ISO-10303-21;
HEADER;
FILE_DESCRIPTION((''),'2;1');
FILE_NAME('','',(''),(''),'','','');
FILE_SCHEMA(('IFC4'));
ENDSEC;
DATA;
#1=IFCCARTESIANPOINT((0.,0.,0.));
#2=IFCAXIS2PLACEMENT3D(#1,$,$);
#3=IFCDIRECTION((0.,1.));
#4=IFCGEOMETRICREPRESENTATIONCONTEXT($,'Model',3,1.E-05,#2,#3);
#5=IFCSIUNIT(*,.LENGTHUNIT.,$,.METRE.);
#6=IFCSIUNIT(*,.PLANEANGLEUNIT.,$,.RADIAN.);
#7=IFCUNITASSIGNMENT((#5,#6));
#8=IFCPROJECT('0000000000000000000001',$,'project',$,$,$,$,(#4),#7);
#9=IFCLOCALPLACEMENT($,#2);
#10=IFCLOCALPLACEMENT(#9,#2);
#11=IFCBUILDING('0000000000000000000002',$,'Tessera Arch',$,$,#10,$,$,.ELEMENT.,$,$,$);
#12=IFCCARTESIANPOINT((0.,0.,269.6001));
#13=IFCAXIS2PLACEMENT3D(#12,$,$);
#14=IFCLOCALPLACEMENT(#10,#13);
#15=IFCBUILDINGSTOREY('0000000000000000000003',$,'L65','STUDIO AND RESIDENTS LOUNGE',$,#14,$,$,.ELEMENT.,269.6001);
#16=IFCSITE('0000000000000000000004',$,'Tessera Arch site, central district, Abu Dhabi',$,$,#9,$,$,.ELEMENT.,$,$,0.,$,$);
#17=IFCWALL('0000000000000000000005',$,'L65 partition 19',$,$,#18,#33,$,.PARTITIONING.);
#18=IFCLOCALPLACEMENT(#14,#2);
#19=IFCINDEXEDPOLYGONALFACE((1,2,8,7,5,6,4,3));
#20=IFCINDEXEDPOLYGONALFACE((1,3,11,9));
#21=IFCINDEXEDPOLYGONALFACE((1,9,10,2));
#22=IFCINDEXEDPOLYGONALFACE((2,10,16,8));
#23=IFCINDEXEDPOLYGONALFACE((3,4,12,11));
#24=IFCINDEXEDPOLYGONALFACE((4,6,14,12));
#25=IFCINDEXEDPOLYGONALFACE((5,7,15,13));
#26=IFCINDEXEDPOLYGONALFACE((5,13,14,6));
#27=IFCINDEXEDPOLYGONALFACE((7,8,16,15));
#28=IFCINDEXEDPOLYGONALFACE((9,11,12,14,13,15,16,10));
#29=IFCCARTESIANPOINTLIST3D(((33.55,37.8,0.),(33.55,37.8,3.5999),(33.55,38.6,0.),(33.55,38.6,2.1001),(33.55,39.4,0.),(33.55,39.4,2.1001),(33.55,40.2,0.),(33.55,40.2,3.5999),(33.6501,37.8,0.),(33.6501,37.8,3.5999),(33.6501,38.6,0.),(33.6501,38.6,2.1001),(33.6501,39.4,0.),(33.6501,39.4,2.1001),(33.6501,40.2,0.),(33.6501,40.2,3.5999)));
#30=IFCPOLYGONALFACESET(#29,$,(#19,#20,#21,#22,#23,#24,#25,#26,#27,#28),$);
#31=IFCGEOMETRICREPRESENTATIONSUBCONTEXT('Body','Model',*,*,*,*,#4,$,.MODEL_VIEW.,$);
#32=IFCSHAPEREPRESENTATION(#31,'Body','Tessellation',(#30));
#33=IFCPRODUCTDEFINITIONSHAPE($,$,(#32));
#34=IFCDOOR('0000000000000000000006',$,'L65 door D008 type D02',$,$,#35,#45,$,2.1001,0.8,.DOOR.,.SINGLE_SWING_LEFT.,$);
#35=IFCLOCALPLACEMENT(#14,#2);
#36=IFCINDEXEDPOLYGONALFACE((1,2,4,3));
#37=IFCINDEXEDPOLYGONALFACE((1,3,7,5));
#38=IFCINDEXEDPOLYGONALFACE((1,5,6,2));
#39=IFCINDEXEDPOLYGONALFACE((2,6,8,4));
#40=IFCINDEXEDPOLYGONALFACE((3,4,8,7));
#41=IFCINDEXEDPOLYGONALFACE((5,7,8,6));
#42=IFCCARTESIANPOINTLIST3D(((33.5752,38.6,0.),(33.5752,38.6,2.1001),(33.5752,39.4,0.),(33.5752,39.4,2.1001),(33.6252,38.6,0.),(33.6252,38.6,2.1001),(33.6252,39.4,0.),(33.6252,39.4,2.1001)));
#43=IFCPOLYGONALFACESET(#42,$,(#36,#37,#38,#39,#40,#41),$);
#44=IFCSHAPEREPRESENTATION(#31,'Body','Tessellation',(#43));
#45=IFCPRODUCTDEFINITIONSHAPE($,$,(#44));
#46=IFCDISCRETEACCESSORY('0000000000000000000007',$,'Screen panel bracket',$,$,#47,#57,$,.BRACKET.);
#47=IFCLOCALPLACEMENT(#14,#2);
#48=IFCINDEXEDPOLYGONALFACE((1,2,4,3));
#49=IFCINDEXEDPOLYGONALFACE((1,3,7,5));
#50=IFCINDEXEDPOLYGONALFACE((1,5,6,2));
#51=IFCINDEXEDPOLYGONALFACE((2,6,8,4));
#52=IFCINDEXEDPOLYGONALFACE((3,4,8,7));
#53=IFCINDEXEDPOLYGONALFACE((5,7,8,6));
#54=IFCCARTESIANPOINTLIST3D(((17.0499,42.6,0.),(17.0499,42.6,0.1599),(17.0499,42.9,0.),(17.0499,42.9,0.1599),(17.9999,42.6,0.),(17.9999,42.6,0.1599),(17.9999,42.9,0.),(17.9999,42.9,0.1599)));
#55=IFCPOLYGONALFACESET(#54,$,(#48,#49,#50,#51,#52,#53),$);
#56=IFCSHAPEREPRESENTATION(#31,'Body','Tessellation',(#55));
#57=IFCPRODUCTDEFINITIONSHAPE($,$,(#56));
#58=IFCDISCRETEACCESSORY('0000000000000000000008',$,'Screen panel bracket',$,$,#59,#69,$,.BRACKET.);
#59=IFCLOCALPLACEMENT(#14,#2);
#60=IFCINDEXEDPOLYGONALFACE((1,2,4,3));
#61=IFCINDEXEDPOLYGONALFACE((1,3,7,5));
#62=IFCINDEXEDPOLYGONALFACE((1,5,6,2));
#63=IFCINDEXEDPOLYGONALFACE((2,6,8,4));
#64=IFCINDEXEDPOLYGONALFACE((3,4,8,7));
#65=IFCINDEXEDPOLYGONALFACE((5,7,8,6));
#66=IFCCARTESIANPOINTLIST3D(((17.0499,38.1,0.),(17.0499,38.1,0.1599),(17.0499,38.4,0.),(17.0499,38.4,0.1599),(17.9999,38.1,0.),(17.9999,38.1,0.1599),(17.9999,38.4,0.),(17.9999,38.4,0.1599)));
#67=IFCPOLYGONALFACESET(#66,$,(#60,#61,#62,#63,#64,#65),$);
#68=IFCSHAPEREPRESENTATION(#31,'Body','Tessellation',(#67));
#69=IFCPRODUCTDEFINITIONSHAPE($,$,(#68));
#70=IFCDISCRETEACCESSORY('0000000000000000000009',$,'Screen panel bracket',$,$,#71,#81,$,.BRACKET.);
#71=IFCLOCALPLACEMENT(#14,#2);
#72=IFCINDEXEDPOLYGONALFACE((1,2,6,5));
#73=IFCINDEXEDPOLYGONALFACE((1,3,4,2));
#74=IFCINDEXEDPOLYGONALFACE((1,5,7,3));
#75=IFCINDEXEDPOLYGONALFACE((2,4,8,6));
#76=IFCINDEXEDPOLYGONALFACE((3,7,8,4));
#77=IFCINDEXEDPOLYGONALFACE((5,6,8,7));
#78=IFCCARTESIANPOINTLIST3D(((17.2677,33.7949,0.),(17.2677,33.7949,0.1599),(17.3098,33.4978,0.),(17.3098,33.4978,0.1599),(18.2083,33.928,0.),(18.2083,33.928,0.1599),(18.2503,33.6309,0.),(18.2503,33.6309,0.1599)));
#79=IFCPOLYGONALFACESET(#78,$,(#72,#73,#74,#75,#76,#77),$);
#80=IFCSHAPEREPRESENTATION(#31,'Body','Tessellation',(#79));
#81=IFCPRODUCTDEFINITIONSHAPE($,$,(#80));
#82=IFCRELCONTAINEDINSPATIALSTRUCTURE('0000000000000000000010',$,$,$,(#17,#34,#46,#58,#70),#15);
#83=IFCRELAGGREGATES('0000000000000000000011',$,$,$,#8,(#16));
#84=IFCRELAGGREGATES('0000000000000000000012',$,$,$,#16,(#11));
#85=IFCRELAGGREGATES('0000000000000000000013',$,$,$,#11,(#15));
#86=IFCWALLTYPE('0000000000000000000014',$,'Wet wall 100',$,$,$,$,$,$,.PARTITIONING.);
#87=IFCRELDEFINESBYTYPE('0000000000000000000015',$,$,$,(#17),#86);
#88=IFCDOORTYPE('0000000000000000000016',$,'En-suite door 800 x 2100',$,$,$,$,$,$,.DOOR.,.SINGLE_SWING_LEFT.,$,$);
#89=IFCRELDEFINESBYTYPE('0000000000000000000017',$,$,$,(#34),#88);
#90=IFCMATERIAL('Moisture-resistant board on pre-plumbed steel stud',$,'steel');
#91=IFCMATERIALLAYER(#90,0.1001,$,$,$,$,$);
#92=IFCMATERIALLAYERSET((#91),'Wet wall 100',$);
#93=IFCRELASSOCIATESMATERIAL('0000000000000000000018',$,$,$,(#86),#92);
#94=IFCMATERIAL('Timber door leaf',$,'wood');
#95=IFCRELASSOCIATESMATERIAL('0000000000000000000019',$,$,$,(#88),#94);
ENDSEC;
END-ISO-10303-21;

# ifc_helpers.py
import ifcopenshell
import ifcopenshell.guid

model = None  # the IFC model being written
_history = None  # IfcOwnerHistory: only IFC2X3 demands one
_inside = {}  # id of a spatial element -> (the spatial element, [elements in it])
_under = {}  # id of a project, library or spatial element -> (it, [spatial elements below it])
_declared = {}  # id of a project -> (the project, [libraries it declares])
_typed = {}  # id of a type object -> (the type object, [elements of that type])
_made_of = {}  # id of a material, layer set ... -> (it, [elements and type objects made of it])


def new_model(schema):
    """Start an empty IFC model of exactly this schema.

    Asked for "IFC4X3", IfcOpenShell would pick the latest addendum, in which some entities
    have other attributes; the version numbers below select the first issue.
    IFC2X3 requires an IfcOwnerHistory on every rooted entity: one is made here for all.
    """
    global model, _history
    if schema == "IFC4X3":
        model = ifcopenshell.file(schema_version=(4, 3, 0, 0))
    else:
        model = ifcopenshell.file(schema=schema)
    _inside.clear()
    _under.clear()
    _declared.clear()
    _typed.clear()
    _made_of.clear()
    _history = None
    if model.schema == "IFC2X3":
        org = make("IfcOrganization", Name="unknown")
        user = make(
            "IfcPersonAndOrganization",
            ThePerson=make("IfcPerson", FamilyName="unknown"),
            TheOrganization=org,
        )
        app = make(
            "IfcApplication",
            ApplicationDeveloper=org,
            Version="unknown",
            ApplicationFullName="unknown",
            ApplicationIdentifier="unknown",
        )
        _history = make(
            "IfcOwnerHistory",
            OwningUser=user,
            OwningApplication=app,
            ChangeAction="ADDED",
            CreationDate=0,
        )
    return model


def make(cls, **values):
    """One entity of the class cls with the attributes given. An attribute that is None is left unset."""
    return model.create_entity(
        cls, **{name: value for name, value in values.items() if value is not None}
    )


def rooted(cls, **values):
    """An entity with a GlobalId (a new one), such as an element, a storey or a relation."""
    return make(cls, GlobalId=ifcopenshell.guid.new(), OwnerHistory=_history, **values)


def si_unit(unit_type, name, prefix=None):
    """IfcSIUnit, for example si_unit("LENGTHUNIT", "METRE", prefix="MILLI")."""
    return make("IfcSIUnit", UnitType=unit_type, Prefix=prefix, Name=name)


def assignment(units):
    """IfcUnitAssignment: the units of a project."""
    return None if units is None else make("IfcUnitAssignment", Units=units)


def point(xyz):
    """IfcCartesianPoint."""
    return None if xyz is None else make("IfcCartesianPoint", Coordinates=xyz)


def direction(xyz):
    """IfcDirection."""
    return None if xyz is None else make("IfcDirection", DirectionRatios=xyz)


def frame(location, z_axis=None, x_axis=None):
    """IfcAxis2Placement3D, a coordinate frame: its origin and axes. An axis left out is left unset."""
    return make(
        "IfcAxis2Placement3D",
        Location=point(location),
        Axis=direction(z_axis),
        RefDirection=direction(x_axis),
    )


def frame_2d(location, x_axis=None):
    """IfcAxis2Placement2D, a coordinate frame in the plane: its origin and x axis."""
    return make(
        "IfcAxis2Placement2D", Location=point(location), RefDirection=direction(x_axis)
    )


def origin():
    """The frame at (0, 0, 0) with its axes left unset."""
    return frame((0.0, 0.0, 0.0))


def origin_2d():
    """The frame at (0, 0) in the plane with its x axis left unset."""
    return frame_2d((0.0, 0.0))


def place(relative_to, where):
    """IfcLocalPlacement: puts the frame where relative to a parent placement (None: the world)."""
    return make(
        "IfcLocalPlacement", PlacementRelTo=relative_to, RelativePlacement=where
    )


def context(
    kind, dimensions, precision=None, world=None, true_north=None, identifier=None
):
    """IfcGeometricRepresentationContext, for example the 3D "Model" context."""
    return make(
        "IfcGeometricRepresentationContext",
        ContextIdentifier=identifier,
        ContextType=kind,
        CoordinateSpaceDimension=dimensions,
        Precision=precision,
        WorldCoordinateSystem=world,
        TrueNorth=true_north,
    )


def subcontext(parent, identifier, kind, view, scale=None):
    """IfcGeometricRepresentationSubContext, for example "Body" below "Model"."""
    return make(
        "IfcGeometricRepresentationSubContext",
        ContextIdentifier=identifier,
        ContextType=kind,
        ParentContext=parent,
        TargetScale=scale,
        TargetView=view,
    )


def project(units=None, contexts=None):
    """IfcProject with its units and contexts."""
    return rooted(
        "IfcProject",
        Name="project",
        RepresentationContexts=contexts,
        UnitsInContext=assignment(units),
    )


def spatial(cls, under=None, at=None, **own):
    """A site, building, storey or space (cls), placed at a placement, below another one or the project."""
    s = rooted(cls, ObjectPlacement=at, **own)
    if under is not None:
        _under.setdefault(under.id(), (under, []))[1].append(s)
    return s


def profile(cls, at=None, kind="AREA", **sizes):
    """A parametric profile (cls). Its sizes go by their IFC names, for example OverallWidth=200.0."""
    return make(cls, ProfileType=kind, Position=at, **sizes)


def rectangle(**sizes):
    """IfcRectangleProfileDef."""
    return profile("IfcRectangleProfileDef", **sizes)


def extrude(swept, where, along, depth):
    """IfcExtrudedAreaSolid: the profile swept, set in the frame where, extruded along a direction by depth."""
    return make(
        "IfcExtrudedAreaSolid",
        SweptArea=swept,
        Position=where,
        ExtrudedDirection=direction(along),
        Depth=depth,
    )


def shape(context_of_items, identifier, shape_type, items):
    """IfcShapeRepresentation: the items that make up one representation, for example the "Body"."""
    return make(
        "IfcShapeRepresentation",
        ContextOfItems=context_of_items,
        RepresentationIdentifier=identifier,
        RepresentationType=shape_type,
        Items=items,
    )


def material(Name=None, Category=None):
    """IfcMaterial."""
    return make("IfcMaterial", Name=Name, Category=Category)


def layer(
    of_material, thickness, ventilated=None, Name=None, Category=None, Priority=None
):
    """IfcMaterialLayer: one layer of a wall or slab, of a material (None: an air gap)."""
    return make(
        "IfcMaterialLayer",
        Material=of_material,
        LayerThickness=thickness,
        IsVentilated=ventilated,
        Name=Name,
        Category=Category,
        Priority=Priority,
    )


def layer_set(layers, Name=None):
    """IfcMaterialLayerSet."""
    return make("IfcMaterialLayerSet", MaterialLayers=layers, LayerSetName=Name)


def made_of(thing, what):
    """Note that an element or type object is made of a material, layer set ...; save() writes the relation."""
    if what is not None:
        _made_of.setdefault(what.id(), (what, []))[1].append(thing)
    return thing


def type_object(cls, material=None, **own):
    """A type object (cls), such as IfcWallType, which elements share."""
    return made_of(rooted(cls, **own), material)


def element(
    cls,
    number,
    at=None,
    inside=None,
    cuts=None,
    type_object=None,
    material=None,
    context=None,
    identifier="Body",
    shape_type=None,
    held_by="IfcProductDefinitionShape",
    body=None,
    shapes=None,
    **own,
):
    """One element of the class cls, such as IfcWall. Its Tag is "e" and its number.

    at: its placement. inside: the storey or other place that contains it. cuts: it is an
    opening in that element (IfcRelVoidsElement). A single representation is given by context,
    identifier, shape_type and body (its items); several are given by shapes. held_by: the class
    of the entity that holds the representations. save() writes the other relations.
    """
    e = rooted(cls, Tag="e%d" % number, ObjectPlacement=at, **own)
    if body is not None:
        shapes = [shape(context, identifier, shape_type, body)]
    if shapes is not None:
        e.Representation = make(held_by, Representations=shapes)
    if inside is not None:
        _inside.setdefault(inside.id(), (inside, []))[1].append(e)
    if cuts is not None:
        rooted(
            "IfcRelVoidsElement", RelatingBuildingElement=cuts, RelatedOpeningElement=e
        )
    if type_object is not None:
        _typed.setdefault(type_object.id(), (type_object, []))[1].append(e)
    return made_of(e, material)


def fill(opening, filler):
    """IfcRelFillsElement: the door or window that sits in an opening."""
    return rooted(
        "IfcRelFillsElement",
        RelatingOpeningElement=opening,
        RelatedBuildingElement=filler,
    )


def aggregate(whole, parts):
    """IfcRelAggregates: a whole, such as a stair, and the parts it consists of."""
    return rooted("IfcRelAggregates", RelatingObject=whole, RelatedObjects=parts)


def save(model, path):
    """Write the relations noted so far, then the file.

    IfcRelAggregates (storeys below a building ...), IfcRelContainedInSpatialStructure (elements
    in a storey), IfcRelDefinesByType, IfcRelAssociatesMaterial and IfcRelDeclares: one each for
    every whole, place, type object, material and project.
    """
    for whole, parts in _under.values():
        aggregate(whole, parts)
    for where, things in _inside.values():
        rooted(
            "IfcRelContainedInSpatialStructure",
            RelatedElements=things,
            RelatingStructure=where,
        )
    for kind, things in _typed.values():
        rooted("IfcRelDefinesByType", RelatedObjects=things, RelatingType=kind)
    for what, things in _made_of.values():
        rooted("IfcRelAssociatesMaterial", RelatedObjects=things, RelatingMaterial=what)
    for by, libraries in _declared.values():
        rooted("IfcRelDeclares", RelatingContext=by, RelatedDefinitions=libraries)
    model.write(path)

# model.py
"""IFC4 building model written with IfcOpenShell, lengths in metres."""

from ifc_helpers import new_model, si_unit, direction, frame, frame_2d, origin, origin_2d, place, context, subcontext, project, spatial, rectangle, extrude, material, layer, layer_set, type_object, element, fill, save


model = new_model("IFC4")

# Units and contexts
model_context = context("Model", 3, precision=1e-05, world=origin(), true_north=direction((0.0, 1.0)))
body_context = subcontext(model_context, "Body", "Model", "MODEL_VIEW")
ifc_project = project(units=[si_unit("LENGTHUNIT", "METRE"), si_unit("PLANEANGLEUNIT", "RADIAN")], contexts=[model_context])

# Site, building, storey
site_placement = place(None, origin())
site = spatial("IfcSite", under=ifc_project, at=site_placement, Name="Tessera Arch site, central district, Abu Dhabi", CompositionType="ELEMENT", RefElevation=0.0)
building_placement = place(site_placement, origin())
building = spatial("IfcBuilding", under=site, at=building_placement, Name="Tessera Arch", CompositionType="ELEMENT")
storey_placement = place(building_placement, frame((0.0, 0.0, 269.6001)))
storey = spatial("IfcBuildingStorey", under=building, at=storey_placement, Name="L65", Description="STUDIO AND RESIDENTS LOUNGE", CompositionType="ELEMENT", Elevation=269.6001)

# Shared definitions
ifc_material_1 = material(Name="Moisture-resistant board on pre-plumbed steel stud", Category="steel")
ifc_layer_1 = layer(ifc_material_1, 0.1001)
ifc_layer_set_1 = layer_set([ifc_layer_1], Name="Wet wall 100")
wall_type_1 = type_object("IfcWallType", Name="Wet wall 100", PredefinedType="PARTITIONING", material=ifc_layer_set_1)

# Wall, opening, door
ifc_material_2 = material(Name="Timber door leaf", Category="wood")
door_type_1 = type_object("IfcDoorType", Name="En-suite door 800 x 2100", OperationType="SINGLE_SWING_LEFT", PredefinedType="DOOR", material=ifc_material_2)
wall_1_placement = place(storey_placement, frame((33.6001, 37.8, 0.0), z_axis=(0.0, 0.0, 1.0), x_axis=(0.0, 1.0, 0.0)))
wall_1 = element("IfcWall", 1, at=wall_1_placement, inside=storey, type_object=wall_type_1, Name="L65 partition 19", PredefinedType="PARTITIONING", context=body_context, shape_type="SweptSolid", body=[
    extrude(rectangle(XDim=2.3999, YDim=0.1001, at=frame_2d((1.2, 0.0))), origin(), (0.0, 0.0, 1.0), 3.5999),
])
opening_1_placement = place(wall_1_placement, frame((0.8, 0.0, 0.0)))
opening_1 = element("IfcOpeningElement", 2, at=opening_1_placement, cuts=wall_1, PredefinedType="OPENING", context=body_context, shape_type="SweptSolid", body=[
    extrude(rectangle(XDim=0.8, YDim=2.1001, at=frame_2d((0.3999, 1.05))), frame((0.0, 0.0601, 0.0), z_axis=(0.0, -1.0, 0.0), x_axis=(1.0, 0.0, 0.0)), (0.0, 0.0, 1.0), 0.1201),
])
door_1_placement = place(opening_1_placement, origin())
door_1 = element("IfcDoor", 3, at=door_1_placement, inside=storey, type_object=door_type_1, Name="L65 door D008 type D02", OperationType="SINGLE_SWING_LEFT", OverallHeight=2.1001, OverallWidth=0.8, PredefinedType="DOOR", context=body_context, shape_type="SweptSolid", body=[
    extrude(rectangle(XDim=0.8, YDim=2.1001, at=frame_2d((0.3999, 1.05))), frame((0.0, 0.0249, 0.0), z_axis=(0.0, -1.0, 0.0), x_axis=(1.0, 0.0, 0.0)), (0.0, 0.0, 1.0), 0.05),
])
fill(opening_1, door_1)

# Discrete accessories
for number, where, z_axis, x_axis, name in (
    (4, (17.5249, 42.75, 0.0), (0.0, 0.0, 1.0), (-1.0, 0.0, 0.0), "Screen panel bracket"),
    (5, (17.5249, 38.25, 0.0), (0.0, 0.0, 1.0), (-1.0, 0.0, 0.0), "Screen panel bracket"),
    (6, (17.759, 33.7129, 0.0), (0.0, 0.0, 1.0), (-0.990139, -0.140089, 0.0), "Screen panel bracket"),
):
    element("IfcDiscreteAccessory", number, at=place(storey_placement, frame(where, z_axis=z_axis, x_axis=x_axis)), inside=storey, Name=name, PredefinedType="BRACKET", context=body_context, shape_type="SweptSolid", body=[
        extrude(rectangle(XDim=0.95, YDim=0.3, at=origin_2d()), origin(), (0.0, 0.0, 1.0), 0.1599),
    ])

save(model, "model.ifc")
